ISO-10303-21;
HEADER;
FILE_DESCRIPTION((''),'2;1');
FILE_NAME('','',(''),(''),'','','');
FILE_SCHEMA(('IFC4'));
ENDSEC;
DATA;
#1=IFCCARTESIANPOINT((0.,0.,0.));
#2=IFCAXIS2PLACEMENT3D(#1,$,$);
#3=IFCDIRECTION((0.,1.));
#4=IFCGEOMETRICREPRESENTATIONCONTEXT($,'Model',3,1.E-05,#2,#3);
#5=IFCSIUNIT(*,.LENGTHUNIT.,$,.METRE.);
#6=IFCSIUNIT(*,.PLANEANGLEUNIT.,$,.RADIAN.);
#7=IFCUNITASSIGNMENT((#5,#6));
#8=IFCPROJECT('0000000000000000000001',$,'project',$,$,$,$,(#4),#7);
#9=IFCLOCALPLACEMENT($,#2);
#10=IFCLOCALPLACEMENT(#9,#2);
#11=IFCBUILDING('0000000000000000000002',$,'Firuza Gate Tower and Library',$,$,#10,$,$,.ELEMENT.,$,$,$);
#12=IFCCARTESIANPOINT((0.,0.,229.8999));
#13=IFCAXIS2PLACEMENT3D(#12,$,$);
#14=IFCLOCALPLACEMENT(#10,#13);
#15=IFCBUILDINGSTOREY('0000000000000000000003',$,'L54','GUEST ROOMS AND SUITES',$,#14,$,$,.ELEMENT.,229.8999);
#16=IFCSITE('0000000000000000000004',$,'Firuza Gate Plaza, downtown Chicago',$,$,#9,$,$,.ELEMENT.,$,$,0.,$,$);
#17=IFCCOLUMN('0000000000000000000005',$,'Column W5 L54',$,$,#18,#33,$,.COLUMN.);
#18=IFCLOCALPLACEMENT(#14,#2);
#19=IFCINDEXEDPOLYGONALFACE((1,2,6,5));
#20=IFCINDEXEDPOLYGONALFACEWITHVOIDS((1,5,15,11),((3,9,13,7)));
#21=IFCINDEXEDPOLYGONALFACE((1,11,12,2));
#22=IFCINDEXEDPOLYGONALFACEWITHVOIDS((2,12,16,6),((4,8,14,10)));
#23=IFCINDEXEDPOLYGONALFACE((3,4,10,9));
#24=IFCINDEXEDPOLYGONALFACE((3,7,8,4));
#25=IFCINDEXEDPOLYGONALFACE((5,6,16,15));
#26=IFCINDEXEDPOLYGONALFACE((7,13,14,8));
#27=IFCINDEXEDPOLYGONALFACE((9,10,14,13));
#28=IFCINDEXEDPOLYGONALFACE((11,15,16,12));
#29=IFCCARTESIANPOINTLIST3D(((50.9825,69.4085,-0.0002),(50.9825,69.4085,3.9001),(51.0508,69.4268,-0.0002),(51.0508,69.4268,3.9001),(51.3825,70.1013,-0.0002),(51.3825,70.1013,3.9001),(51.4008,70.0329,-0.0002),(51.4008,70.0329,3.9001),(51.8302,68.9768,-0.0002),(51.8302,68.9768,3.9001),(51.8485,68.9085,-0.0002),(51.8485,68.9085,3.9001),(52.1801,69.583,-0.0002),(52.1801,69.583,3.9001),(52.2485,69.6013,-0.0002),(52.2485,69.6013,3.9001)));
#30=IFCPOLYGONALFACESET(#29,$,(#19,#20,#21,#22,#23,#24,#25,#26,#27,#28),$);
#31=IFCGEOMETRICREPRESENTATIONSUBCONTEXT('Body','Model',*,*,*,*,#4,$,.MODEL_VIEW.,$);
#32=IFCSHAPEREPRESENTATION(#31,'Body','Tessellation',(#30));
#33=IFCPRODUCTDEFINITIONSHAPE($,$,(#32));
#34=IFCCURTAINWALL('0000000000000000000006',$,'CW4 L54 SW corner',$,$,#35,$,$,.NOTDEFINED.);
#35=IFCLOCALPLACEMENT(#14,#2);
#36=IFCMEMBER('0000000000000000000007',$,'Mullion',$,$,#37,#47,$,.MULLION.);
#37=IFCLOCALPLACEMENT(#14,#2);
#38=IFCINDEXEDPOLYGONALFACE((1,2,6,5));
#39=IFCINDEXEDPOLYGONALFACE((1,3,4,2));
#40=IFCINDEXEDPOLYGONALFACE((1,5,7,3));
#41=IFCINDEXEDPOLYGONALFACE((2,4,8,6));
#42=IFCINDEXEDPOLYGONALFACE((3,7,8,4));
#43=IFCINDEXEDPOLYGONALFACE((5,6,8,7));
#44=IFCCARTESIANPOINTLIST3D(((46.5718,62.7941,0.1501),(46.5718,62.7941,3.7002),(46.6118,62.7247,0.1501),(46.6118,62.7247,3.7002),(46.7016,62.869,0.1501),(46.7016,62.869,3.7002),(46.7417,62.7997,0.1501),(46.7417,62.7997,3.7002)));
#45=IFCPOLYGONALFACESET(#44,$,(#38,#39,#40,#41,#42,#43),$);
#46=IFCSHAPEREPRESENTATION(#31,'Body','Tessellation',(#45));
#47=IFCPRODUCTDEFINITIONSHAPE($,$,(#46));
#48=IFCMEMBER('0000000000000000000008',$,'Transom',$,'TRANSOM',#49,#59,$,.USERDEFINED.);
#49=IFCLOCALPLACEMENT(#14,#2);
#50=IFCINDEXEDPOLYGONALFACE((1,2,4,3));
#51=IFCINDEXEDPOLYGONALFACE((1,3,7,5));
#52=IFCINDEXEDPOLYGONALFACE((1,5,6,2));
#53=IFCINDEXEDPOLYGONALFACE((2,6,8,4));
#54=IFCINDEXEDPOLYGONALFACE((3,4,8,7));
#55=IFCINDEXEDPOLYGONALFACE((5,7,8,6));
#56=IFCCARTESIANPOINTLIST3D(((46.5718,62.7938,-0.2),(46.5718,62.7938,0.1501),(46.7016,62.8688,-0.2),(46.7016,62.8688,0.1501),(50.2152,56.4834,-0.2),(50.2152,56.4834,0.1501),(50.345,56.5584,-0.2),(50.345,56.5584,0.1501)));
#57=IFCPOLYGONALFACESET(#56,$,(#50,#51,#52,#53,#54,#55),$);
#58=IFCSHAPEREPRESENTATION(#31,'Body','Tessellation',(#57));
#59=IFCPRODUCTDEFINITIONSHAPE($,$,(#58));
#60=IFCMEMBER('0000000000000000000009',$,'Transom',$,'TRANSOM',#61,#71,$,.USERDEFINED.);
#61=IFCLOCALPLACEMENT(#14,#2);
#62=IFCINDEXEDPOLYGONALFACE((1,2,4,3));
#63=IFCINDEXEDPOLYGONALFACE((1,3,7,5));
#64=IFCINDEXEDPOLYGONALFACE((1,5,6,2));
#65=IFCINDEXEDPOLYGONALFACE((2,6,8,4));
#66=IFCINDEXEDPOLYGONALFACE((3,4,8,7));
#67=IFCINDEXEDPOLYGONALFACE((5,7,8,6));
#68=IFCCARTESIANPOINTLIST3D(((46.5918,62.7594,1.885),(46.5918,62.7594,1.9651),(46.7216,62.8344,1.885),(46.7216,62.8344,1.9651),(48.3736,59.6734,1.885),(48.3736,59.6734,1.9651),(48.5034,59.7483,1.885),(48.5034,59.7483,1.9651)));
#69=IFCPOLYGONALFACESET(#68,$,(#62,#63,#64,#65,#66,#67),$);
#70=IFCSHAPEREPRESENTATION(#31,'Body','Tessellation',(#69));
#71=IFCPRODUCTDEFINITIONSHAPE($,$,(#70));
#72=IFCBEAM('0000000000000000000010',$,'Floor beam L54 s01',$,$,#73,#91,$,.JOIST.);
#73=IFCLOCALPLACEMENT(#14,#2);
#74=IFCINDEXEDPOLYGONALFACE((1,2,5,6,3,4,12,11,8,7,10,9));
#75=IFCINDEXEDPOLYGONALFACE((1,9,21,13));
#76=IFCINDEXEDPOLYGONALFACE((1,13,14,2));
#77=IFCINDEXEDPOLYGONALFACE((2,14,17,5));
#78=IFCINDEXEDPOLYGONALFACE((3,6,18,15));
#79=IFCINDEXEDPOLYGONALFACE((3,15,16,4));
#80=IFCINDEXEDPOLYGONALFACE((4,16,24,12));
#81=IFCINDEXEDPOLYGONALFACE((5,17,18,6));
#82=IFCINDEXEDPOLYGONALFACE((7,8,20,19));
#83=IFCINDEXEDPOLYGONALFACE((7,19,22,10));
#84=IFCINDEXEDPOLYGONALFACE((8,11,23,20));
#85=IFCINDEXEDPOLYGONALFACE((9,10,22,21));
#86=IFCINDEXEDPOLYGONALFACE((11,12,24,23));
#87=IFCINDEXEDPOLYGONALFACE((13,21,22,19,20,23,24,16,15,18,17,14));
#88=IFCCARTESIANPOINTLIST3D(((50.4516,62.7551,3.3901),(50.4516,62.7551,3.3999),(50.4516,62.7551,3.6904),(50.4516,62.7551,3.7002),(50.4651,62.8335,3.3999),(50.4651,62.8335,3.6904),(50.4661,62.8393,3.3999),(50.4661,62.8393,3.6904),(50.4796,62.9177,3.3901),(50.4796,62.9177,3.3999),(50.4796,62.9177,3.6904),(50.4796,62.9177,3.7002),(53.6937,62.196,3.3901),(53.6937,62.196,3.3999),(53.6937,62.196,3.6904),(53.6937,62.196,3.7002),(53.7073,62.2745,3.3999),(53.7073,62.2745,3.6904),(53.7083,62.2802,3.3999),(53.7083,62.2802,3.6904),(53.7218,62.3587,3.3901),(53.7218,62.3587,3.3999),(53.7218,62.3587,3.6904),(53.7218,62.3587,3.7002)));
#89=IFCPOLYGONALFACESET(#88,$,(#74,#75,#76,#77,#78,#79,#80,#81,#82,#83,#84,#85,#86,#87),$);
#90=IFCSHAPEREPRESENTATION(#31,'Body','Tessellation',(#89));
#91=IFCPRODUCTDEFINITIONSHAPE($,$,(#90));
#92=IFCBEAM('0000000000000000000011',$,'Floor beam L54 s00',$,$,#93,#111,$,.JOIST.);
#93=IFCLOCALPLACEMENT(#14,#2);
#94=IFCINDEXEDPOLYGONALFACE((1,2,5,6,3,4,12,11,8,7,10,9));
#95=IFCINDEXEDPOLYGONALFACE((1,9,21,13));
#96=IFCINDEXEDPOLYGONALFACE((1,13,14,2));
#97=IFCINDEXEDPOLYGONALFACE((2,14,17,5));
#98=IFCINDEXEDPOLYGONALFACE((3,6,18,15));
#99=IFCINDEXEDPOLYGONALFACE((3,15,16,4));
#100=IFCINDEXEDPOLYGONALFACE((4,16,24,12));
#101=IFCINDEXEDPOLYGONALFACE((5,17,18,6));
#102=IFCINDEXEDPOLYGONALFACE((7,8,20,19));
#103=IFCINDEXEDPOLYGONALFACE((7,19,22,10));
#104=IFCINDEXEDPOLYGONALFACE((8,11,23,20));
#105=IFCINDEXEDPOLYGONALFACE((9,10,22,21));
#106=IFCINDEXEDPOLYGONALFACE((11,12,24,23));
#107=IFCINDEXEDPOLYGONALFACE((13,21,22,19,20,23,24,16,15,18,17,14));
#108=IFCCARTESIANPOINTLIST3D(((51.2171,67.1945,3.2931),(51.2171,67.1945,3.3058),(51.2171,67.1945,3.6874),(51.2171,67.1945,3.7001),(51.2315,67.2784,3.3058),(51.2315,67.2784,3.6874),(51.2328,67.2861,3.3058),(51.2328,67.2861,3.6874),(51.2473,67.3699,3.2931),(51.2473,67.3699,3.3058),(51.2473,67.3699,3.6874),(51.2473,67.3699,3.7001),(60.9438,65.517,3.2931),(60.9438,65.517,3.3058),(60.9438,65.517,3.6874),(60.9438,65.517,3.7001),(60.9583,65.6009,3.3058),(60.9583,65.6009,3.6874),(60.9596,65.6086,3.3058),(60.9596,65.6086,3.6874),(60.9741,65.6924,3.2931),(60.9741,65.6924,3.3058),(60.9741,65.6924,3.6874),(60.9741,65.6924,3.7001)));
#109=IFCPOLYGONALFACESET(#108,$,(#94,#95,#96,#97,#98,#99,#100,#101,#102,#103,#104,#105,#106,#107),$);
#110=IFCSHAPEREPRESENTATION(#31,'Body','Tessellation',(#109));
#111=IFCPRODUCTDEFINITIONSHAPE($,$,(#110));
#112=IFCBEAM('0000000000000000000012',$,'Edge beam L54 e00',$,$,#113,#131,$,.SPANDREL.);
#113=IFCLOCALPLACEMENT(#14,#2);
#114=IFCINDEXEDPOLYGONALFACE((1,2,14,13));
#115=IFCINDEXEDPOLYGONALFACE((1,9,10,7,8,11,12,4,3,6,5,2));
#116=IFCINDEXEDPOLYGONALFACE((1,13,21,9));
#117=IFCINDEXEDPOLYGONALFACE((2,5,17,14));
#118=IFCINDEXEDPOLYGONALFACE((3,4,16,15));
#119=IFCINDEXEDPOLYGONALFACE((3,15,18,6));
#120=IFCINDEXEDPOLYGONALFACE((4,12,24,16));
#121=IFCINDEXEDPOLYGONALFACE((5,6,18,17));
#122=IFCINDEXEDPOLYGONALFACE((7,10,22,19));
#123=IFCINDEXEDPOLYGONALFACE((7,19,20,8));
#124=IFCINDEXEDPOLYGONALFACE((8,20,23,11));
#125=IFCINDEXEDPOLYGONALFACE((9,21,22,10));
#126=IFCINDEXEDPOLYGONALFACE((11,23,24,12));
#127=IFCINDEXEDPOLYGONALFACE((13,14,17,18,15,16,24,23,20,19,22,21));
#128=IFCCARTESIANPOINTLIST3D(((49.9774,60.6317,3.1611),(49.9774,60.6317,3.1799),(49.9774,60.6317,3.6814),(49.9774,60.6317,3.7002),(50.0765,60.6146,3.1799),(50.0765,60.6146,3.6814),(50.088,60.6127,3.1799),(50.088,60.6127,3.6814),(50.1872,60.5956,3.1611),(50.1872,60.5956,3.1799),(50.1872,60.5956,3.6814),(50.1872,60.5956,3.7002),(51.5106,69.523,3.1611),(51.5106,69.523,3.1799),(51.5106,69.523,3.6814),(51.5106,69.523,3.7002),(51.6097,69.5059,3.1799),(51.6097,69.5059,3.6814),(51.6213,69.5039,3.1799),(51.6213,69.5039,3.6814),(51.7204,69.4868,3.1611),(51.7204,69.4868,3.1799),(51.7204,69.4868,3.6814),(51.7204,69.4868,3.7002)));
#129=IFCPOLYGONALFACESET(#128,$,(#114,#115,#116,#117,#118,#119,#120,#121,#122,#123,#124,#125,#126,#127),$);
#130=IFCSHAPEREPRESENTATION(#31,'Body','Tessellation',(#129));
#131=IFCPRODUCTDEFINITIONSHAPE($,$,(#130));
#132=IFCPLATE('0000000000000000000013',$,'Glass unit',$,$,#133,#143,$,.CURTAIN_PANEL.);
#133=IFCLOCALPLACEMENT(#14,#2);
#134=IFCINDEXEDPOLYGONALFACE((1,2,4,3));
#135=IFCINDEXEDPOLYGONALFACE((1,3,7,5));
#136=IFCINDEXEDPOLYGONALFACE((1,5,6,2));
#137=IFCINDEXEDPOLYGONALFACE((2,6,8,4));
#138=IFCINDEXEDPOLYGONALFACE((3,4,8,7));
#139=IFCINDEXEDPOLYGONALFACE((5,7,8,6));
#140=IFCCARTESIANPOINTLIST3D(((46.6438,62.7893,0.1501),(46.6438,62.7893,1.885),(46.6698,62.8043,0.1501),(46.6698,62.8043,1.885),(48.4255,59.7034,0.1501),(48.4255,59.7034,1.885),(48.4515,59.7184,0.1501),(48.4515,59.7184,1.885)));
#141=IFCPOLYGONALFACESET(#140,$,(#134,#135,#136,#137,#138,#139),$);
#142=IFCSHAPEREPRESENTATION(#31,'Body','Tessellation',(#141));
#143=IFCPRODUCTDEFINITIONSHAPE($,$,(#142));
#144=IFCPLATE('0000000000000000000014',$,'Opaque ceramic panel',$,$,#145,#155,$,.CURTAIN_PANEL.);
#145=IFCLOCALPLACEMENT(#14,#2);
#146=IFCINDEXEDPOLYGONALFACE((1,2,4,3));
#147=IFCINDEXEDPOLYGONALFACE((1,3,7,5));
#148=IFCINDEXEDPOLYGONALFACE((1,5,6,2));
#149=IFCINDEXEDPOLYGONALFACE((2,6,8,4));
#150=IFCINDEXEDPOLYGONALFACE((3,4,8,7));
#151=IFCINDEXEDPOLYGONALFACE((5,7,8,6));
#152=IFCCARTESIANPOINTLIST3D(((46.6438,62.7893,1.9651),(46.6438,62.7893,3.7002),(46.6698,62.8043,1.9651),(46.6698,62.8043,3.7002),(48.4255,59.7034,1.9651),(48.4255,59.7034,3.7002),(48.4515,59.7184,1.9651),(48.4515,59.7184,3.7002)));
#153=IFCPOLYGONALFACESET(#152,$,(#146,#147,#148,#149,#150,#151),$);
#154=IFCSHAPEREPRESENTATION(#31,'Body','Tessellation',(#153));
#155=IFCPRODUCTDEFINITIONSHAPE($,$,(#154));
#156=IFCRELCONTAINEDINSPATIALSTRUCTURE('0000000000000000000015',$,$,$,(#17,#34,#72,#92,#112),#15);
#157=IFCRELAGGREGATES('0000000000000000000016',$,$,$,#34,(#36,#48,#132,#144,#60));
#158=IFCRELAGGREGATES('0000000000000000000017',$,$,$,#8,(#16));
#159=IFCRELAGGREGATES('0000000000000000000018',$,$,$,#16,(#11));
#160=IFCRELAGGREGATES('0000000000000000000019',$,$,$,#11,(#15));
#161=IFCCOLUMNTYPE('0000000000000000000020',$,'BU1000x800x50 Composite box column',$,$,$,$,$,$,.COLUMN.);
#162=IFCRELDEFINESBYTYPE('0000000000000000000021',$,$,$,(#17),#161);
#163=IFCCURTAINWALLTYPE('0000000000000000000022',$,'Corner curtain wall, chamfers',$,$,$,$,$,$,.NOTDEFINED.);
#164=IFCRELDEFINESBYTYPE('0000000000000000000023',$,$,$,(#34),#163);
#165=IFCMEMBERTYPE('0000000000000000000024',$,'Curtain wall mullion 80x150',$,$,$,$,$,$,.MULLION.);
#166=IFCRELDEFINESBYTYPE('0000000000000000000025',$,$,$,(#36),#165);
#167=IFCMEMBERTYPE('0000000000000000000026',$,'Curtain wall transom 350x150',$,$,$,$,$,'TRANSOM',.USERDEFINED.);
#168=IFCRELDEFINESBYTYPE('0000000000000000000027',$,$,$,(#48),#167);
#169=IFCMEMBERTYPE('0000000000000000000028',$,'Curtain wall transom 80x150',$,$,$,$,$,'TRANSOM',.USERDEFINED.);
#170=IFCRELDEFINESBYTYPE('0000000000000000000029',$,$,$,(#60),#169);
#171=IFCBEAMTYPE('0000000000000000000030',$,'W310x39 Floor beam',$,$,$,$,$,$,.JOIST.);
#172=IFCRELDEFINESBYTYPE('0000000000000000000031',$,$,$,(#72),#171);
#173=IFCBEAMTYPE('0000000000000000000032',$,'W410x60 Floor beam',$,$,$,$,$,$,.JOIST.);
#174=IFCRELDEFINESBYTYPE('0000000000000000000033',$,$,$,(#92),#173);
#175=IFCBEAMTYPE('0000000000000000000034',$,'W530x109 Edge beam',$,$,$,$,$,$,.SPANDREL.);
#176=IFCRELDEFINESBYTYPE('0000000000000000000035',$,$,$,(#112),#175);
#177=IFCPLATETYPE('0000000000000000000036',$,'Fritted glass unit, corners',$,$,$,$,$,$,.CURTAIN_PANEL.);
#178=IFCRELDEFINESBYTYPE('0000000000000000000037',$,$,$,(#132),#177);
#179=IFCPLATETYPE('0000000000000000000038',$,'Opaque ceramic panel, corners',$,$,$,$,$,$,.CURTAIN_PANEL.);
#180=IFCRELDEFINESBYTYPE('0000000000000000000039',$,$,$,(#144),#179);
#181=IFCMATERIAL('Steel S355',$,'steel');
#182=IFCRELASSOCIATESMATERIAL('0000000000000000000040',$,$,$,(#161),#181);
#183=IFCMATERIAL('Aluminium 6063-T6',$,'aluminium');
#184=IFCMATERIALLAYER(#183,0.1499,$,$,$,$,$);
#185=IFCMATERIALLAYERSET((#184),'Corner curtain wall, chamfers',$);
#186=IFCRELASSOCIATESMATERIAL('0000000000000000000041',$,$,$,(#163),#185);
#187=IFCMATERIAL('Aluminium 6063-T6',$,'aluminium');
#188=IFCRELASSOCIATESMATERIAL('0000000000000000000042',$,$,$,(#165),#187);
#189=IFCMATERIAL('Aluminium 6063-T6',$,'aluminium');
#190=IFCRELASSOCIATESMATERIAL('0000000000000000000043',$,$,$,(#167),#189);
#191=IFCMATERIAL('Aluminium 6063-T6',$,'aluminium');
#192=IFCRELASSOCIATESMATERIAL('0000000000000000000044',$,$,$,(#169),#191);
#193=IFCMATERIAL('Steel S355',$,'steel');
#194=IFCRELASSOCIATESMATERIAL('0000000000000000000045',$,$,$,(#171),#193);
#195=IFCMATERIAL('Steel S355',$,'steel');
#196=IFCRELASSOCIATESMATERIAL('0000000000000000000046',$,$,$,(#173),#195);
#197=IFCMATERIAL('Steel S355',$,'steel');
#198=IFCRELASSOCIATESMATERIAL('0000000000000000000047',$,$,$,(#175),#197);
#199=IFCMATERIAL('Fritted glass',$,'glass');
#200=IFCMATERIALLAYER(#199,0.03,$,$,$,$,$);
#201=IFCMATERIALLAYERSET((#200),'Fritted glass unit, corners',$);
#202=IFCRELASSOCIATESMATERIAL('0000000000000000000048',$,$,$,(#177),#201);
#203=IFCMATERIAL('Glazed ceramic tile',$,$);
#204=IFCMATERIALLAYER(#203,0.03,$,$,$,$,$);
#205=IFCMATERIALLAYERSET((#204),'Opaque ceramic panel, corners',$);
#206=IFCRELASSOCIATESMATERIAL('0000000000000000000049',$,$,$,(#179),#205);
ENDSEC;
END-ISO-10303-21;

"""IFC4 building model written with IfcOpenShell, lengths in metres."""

from ifc_helpers import new_model, si_unit, direction, frame, origin, origin_2d, place, context, subcontext, project, spatial, polyline, rectangle, hollow_rectangle, i_section, outline, extrude, material, layer, layer_set, material_profile, profile_set, type_object, element, aggregate, save


model = new_model("IFC4")

# Units and contexts
model_context = context("Model", 3, precision=1e-05, world=origin(), true_north=direction((0.0, 1.0)))
body_context = subcontext(model_context, "Body", "Model", "MODEL_VIEW")
ifc_project = project(units=[si_unit("LENGTHUNIT", "METRE"), si_unit("PLANEANGLEUNIT", "RADIAN")], contexts=[model_context])

# Site, building, storey
site_placement = place(None, origin())
site = spatial("IfcSite", under=ifc_project, at=site_placement, Name="Firuza Gate Plaza, downtown Chicago", CompositionType="ELEMENT", RefElevation=0.0)
building_placement = place(site_placement, origin())
building = spatial("IfcBuilding", under=site, at=building_placement, Name="Firuza Gate Tower and Library", CompositionType="ELEMENT")
storey_placement = place(building_placement, frame((0.0, 0.0, 229.8999)))
storey = spatial("IfcBuildingStorey", under=building, at=storey_placement, Name="L54", Description="GUEST ROOMS AND SUITES", CompositionType="ELEMENT", Elevation=229.8999)

# Column
ifc_material_1 = material(Name="Steel S355", Category="steel")
ifc_material_profile_1 = material_profile(ifc_material_1, hollow_rectangle(XDim=0.8, YDim=1.0, WallThickness=0.05, at=origin_2d()))
ifc_profile_set_1 = profile_set([ifc_material_profile_1], Name="Steel S355")
column_type = type_object("IfcColumnType", Name="BU1000x800x50 Composite box column", PredefinedType="COLUMN", material=ifc_profile_set_1)
column_placement = place(storey_placement, frame((51.6155, 69.5049, -0.0002), z_axis=(0.0, 0.0, 1.0), x_axis=(-0.5, -0.866025, 0.0)))
element("IfcColumn", 1, at=column_placement, inside=storey, type_object=column_type, Name="Column W5 L54", PredefinedType="COLUMN", context=body_context, shape_type="SweptSolid", body=[
    extrude(hollow_rectangle(XDim=0.8, YDim=1.0, WallThickness=0.05, at=origin_2d()), origin(), (0.0, 0.0, 1.0), 3.9004),
])

# Curtain wall, members
ifc_material_2 = material(Name="Aluminium 6063-T6", Category="aluminium")
ifc_layer_1 = layer(ifc_material_2, 0.1499)
ifc_layer_set_1 = layer_set([ifc_layer_1], Name="Corner curtain wall, chamfers")
curtain_wall_type = type_object("IfcCurtainWallType", Name="Corner curtain wall, chamfers", PredefinedType="NOTDEFINED", material=ifc_layer_set_1)
curtain_wall_placement = place(storey_placement, origin())
curtain_wall = element("IfcCurtainWall", 2, at=curtain_wall_placement, inside=storey, type_object=curtain_wall_type, Name="CW4 L54 SW corner", PredefinedType="NOTDEFINED")
ifc_material_3 = material(Name="Aluminium 6063-T6", Category="aluminium")
ifc_material_profile_2 = material_profile(ifc_material_3, rectangle(XDim=0.1499, YDim=0.0801, at=origin_2d()))
ifc_profile_set_2 = profile_set([ifc_material_profile_2], Name="Aluminium 6063-T6")
member_type_1 = type_object("IfcMemberType", Name="Curtain wall mullion 80x150", PredefinedType="MULLION", material=ifc_profile_set_2)
member_1_placement = place(storey_placement, frame((46.6567, 62.7969, 0.1501), z_axis=(0.0, 0.0, 1.0), x_axis=(0.866025, 0.5, 0.0)))
member_1 = element("IfcMember", 3, at=member_1_placement, type_object=member_type_1, Name="Mullion", PredefinedType="MULLION", context=body_context, shape_type="SweptSolid", body=[
    extrude(rectangle(XDim=0.1499, YDim=0.0801, at=origin_2d()), origin(), (0.0, 0.0, 1.0), 3.55),
])
ifc_material_4 = material(Name="Aluminium 6063-T6", Category="aluminium")
ifc_material_profile_3 = material_profile(ifc_material_4, rectangle(XDim=0.1499, YDim=0.3501, at=origin_2d()))
ifc_profile_set_3 = profile_set([ifc_material_profile_3], Name="Aluminium 6063-T6")
member_type_2 = type_object("IfcMemberType", Name="Curtain wall transom 350x150", ElementType="TRANSOM", PredefinedType="USERDEFINED", material=ifc_profile_set_3)
member_2_placement = place(storey_placement, frame((46.6367, 62.8313, -0.0249), z_axis=(0.500006, -0.866022, 0.0), x_axis=(0.866022, 0.500006, 0.0)))
member_2 = element("IfcMember", 4, at=member_2_placement, type_object=member_type_2, Name="Transom", ObjectType="TRANSOM", PredefinedType="USERDEFINED", context=body_context, shape_type="SweptSolid", body=[
    extrude(rectangle(XDim=0.1499, YDim=0.3501, at=origin_2d()), origin(), (0.0, 0.0, 1.0), 7.2866),
])
ifc_material_5 = material(Name="Aluminium 6063-T6", Category="aluminium")
ifc_material_profile_4 = material_profile(ifc_material_5, rectangle(XDim=0.1499, YDim=0.0801, at=origin_2d()))
ifc_profile_set_4 = profile_set([ifc_material_profile_4], Name="Aluminium 6063-T6")
member_type_3 = type_object("IfcMemberType", Name="Curtain wall transom 80x150", ElementType="TRANSOM", PredefinedType="USERDEFINED", material=ifc_profile_set_4)
member_3_placement = place(storey_placement, frame((46.6567, 62.7969, 1.925), z_axis=(0.500015, -0.866017, 0.0), x_axis=(0.866017, 0.500015, 0.0)))
member_3 = element("IfcMember", 5, at=member_3_placement, type_object=member_type_3, Name="Transom", ObjectType="TRANSOM", PredefinedType="USERDEFINED", context=body_context, shape_type="SweptSolid", body=[
    extrude(rectangle(XDim=0.1499, YDim=0.0801, at=origin_2d()), origin(), (0.0, 0.0, 1.0), 3.5635),
])

# Beams
ifc_material_6 = material(Name="Steel S355", Category="steel")
ifc_material_profile_5 = material_profile(ifc_material_6, i_section(OverallWidth=0.165, OverallDepth=0.3101, WebThickness=0.0059, FlangeThickness=0.0098, at=origin_2d()))
ifc_profile_set_5 = profile_set([ifc_material_profile_5], Name="Steel S355")
beam_type_1 = type_object("IfcBeamType", Name="W310x39 Floor beam", PredefinedType="JOIST", material=ifc_profile_set_5)
beam_1_placement = place(storey_placement, frame((50.4656, 62.8364, 3.5452), z_axis=(0.985456, -0.169932, 0.0), x_axis=(0.169932, 0.985456, 0.0)))
element("IfcBeam", 6, at=beam_1_placement, inside=storey, type_object=beam_type_1, Name="Floor beam L54 s01", PredefinedType="JOIST", context=body_context, shape_type="SweptSolid", body=[
    extrude(i_section(OverallWidth=0.165, OverallDepth=0.3101, WebThickness=0.0059, FlangeThickness=0.0098, at=origin_2d()), origin(), (0.0, 0.0, 1.0), 3.29),
])
ifc_material_7 = material(Name="Steel S355", Category="steel")
ifc_material_profile_6 = material_profile(ifc_material_7, i_section(OverallWidth=0.178, OverallDepth=0.407, WebThickness=0.0078, FlangeThickness=0.0127, at=origin_2d()))
ifc_profile_set_6 = profile_set([ifc_material_profile_6], Name="Steel S355")
beam_type_2 = type_object("IfcBeamType", Name="W410x60 Floor beam", PredefinedType="JOIST", material=ifc_profile_set_6)
beam_2_placement = place(storey_placement, frame((51.2322, 67.2822, 3.4966), z_axis=(0.985452, -0.169952, 0.0), x_axis=(0.169952, 0.985452, 0.0)))
element("IfcBeam", 7, at=beam_2_placement, inside=storey, type_object=beam_type_2, Name="Floor beam L54 s00", PredefinedType="JOIST", context=body_context, shape_type="SweptSolid", body=[
    extrude(i_section(OverallWidth=0.178, OverallDepth=0.407, WebThickness=0.0078, FlangeThickness=0.0127, at=origin_2d()), origin(), (0.0, 0.0, 1.0), 9.8704),
])
ifc_material_8 = material(Name="Steel S355", Category="steel")
ifc_material_profile_7 = material_profile(ifc_material_8, i_section(OverallWidth=0.2129, OverallDepth=0.5391, WebThickness=0.0117, FlangeThickness=0.0188, at=origin_2d()))
ifc_profile_set_7 = profile_set([ifc_material_profile_7], Name="Steel S355")
beam_type_3 = type_object("IfcBeamType", Name="W530x109 Edge beam", PredefinedType="SPANDREL", material=ifc_profile_set_7)
beam_3_placement = place(storey_placement, frame((51.6155, 69.5049, 3.4307), z_axis=(-0.169934, -0.985455, 0.0), x_axis=(0.985455, -0.169934, 0.0)))
element("IfcBeam", 8, at=beam_3_placement, inside=storey, type_object=beam_type_3, Name="Edge beam L54 e00", PredefinedType="SPANDREL", context=body_context, shape_type="SweptSolid", body=[
    extrude(i_section(OverallWidth=0.2129, OverallDepth=0.5391, WebThickness=0.0117, FlangeThickness=0.0188, at=origin_2d()), origin(), (0.0, 0.0, 1.0), 9.0225),
])

# Plates
ifc_material_9 = material(Name="Fritted glass", Category="glass")
ifc_layer_2 = layer(ifc_material_9, 0.03)
ifc_layer_set_2 = layer_set([ifc_layer_2], Name="Fritted glass unit, corners")
plate_type_1 = type_object("IfcPlateType", Name="Fritted glass unit, corners", PredefinedType="CURTAIN_PANEL", material=ifc_layer_set_2)
plate_1_placement = place(storey_placement, frame((46.6438, 62.7893, 0.1501), z_axis=(-0.866017, -0.500015, 0.0), x_axis=(0.500015, -0.866017, 0.0)))
plate_1 = element("IfcPlate", 9, at=plate_1_placement, type_object=plate_type_1, Name="Glass unit", PredefinedType="CURTAIN_PANEL", context=body_context, shape_type="SweptSolid", body=[
    extrude(outline(polyline([(0.0, 0.0), (3.5634, 0.0), (3.5634, 1.7349), (0.0, 1.7349), (0.0, 0.0)])), origin(), (0.0, 0.0, -1.0), 0.03),
])
ifc_material_10 = material(Name="Glazed ceramic tile")
ifc_layer_3 = layer(ifc_material_10, 0.03)
ifc_layer_set_3 = layer_set([ifc_layer_3], Name="Opaque ceramic panel, corners")
plate_type_2 = type_object("IfcPlateType", Name="Opaque ceramic panel, corners", PredefinedType="CURTAIN_PANEL", material=ifc_layer_set_3)
plate_2_placement = place(storey_placement, frame((46.6438, 62.7893, 1.9651), z_axis=(-0.866017, -0.500015, 0.0), x_axis=(0.500015, -0.866017, 0.0)))
plate_2 = element("IfcPlate", 10, at=plate_2_placement, type_object=plate_type_2, Name="Opaque ceramic panel", PredefinedType="CURTAIN_PANEL", context=body_context, shape_type="SweptSolid", body=[
    extrude(outline(polyline([(0.0, 0.0), (3.5634, 0.0), (3.5634, 1.7351), (0.0, 1.7351), (0.0, 0.0)])), origin(), (0.0, 0.0, -1.0), 0.03),
])
aggregate(curtain_wall, [member_1, member_2, plate_1, plate_2, member_3])

save(model, "model.ifc")
